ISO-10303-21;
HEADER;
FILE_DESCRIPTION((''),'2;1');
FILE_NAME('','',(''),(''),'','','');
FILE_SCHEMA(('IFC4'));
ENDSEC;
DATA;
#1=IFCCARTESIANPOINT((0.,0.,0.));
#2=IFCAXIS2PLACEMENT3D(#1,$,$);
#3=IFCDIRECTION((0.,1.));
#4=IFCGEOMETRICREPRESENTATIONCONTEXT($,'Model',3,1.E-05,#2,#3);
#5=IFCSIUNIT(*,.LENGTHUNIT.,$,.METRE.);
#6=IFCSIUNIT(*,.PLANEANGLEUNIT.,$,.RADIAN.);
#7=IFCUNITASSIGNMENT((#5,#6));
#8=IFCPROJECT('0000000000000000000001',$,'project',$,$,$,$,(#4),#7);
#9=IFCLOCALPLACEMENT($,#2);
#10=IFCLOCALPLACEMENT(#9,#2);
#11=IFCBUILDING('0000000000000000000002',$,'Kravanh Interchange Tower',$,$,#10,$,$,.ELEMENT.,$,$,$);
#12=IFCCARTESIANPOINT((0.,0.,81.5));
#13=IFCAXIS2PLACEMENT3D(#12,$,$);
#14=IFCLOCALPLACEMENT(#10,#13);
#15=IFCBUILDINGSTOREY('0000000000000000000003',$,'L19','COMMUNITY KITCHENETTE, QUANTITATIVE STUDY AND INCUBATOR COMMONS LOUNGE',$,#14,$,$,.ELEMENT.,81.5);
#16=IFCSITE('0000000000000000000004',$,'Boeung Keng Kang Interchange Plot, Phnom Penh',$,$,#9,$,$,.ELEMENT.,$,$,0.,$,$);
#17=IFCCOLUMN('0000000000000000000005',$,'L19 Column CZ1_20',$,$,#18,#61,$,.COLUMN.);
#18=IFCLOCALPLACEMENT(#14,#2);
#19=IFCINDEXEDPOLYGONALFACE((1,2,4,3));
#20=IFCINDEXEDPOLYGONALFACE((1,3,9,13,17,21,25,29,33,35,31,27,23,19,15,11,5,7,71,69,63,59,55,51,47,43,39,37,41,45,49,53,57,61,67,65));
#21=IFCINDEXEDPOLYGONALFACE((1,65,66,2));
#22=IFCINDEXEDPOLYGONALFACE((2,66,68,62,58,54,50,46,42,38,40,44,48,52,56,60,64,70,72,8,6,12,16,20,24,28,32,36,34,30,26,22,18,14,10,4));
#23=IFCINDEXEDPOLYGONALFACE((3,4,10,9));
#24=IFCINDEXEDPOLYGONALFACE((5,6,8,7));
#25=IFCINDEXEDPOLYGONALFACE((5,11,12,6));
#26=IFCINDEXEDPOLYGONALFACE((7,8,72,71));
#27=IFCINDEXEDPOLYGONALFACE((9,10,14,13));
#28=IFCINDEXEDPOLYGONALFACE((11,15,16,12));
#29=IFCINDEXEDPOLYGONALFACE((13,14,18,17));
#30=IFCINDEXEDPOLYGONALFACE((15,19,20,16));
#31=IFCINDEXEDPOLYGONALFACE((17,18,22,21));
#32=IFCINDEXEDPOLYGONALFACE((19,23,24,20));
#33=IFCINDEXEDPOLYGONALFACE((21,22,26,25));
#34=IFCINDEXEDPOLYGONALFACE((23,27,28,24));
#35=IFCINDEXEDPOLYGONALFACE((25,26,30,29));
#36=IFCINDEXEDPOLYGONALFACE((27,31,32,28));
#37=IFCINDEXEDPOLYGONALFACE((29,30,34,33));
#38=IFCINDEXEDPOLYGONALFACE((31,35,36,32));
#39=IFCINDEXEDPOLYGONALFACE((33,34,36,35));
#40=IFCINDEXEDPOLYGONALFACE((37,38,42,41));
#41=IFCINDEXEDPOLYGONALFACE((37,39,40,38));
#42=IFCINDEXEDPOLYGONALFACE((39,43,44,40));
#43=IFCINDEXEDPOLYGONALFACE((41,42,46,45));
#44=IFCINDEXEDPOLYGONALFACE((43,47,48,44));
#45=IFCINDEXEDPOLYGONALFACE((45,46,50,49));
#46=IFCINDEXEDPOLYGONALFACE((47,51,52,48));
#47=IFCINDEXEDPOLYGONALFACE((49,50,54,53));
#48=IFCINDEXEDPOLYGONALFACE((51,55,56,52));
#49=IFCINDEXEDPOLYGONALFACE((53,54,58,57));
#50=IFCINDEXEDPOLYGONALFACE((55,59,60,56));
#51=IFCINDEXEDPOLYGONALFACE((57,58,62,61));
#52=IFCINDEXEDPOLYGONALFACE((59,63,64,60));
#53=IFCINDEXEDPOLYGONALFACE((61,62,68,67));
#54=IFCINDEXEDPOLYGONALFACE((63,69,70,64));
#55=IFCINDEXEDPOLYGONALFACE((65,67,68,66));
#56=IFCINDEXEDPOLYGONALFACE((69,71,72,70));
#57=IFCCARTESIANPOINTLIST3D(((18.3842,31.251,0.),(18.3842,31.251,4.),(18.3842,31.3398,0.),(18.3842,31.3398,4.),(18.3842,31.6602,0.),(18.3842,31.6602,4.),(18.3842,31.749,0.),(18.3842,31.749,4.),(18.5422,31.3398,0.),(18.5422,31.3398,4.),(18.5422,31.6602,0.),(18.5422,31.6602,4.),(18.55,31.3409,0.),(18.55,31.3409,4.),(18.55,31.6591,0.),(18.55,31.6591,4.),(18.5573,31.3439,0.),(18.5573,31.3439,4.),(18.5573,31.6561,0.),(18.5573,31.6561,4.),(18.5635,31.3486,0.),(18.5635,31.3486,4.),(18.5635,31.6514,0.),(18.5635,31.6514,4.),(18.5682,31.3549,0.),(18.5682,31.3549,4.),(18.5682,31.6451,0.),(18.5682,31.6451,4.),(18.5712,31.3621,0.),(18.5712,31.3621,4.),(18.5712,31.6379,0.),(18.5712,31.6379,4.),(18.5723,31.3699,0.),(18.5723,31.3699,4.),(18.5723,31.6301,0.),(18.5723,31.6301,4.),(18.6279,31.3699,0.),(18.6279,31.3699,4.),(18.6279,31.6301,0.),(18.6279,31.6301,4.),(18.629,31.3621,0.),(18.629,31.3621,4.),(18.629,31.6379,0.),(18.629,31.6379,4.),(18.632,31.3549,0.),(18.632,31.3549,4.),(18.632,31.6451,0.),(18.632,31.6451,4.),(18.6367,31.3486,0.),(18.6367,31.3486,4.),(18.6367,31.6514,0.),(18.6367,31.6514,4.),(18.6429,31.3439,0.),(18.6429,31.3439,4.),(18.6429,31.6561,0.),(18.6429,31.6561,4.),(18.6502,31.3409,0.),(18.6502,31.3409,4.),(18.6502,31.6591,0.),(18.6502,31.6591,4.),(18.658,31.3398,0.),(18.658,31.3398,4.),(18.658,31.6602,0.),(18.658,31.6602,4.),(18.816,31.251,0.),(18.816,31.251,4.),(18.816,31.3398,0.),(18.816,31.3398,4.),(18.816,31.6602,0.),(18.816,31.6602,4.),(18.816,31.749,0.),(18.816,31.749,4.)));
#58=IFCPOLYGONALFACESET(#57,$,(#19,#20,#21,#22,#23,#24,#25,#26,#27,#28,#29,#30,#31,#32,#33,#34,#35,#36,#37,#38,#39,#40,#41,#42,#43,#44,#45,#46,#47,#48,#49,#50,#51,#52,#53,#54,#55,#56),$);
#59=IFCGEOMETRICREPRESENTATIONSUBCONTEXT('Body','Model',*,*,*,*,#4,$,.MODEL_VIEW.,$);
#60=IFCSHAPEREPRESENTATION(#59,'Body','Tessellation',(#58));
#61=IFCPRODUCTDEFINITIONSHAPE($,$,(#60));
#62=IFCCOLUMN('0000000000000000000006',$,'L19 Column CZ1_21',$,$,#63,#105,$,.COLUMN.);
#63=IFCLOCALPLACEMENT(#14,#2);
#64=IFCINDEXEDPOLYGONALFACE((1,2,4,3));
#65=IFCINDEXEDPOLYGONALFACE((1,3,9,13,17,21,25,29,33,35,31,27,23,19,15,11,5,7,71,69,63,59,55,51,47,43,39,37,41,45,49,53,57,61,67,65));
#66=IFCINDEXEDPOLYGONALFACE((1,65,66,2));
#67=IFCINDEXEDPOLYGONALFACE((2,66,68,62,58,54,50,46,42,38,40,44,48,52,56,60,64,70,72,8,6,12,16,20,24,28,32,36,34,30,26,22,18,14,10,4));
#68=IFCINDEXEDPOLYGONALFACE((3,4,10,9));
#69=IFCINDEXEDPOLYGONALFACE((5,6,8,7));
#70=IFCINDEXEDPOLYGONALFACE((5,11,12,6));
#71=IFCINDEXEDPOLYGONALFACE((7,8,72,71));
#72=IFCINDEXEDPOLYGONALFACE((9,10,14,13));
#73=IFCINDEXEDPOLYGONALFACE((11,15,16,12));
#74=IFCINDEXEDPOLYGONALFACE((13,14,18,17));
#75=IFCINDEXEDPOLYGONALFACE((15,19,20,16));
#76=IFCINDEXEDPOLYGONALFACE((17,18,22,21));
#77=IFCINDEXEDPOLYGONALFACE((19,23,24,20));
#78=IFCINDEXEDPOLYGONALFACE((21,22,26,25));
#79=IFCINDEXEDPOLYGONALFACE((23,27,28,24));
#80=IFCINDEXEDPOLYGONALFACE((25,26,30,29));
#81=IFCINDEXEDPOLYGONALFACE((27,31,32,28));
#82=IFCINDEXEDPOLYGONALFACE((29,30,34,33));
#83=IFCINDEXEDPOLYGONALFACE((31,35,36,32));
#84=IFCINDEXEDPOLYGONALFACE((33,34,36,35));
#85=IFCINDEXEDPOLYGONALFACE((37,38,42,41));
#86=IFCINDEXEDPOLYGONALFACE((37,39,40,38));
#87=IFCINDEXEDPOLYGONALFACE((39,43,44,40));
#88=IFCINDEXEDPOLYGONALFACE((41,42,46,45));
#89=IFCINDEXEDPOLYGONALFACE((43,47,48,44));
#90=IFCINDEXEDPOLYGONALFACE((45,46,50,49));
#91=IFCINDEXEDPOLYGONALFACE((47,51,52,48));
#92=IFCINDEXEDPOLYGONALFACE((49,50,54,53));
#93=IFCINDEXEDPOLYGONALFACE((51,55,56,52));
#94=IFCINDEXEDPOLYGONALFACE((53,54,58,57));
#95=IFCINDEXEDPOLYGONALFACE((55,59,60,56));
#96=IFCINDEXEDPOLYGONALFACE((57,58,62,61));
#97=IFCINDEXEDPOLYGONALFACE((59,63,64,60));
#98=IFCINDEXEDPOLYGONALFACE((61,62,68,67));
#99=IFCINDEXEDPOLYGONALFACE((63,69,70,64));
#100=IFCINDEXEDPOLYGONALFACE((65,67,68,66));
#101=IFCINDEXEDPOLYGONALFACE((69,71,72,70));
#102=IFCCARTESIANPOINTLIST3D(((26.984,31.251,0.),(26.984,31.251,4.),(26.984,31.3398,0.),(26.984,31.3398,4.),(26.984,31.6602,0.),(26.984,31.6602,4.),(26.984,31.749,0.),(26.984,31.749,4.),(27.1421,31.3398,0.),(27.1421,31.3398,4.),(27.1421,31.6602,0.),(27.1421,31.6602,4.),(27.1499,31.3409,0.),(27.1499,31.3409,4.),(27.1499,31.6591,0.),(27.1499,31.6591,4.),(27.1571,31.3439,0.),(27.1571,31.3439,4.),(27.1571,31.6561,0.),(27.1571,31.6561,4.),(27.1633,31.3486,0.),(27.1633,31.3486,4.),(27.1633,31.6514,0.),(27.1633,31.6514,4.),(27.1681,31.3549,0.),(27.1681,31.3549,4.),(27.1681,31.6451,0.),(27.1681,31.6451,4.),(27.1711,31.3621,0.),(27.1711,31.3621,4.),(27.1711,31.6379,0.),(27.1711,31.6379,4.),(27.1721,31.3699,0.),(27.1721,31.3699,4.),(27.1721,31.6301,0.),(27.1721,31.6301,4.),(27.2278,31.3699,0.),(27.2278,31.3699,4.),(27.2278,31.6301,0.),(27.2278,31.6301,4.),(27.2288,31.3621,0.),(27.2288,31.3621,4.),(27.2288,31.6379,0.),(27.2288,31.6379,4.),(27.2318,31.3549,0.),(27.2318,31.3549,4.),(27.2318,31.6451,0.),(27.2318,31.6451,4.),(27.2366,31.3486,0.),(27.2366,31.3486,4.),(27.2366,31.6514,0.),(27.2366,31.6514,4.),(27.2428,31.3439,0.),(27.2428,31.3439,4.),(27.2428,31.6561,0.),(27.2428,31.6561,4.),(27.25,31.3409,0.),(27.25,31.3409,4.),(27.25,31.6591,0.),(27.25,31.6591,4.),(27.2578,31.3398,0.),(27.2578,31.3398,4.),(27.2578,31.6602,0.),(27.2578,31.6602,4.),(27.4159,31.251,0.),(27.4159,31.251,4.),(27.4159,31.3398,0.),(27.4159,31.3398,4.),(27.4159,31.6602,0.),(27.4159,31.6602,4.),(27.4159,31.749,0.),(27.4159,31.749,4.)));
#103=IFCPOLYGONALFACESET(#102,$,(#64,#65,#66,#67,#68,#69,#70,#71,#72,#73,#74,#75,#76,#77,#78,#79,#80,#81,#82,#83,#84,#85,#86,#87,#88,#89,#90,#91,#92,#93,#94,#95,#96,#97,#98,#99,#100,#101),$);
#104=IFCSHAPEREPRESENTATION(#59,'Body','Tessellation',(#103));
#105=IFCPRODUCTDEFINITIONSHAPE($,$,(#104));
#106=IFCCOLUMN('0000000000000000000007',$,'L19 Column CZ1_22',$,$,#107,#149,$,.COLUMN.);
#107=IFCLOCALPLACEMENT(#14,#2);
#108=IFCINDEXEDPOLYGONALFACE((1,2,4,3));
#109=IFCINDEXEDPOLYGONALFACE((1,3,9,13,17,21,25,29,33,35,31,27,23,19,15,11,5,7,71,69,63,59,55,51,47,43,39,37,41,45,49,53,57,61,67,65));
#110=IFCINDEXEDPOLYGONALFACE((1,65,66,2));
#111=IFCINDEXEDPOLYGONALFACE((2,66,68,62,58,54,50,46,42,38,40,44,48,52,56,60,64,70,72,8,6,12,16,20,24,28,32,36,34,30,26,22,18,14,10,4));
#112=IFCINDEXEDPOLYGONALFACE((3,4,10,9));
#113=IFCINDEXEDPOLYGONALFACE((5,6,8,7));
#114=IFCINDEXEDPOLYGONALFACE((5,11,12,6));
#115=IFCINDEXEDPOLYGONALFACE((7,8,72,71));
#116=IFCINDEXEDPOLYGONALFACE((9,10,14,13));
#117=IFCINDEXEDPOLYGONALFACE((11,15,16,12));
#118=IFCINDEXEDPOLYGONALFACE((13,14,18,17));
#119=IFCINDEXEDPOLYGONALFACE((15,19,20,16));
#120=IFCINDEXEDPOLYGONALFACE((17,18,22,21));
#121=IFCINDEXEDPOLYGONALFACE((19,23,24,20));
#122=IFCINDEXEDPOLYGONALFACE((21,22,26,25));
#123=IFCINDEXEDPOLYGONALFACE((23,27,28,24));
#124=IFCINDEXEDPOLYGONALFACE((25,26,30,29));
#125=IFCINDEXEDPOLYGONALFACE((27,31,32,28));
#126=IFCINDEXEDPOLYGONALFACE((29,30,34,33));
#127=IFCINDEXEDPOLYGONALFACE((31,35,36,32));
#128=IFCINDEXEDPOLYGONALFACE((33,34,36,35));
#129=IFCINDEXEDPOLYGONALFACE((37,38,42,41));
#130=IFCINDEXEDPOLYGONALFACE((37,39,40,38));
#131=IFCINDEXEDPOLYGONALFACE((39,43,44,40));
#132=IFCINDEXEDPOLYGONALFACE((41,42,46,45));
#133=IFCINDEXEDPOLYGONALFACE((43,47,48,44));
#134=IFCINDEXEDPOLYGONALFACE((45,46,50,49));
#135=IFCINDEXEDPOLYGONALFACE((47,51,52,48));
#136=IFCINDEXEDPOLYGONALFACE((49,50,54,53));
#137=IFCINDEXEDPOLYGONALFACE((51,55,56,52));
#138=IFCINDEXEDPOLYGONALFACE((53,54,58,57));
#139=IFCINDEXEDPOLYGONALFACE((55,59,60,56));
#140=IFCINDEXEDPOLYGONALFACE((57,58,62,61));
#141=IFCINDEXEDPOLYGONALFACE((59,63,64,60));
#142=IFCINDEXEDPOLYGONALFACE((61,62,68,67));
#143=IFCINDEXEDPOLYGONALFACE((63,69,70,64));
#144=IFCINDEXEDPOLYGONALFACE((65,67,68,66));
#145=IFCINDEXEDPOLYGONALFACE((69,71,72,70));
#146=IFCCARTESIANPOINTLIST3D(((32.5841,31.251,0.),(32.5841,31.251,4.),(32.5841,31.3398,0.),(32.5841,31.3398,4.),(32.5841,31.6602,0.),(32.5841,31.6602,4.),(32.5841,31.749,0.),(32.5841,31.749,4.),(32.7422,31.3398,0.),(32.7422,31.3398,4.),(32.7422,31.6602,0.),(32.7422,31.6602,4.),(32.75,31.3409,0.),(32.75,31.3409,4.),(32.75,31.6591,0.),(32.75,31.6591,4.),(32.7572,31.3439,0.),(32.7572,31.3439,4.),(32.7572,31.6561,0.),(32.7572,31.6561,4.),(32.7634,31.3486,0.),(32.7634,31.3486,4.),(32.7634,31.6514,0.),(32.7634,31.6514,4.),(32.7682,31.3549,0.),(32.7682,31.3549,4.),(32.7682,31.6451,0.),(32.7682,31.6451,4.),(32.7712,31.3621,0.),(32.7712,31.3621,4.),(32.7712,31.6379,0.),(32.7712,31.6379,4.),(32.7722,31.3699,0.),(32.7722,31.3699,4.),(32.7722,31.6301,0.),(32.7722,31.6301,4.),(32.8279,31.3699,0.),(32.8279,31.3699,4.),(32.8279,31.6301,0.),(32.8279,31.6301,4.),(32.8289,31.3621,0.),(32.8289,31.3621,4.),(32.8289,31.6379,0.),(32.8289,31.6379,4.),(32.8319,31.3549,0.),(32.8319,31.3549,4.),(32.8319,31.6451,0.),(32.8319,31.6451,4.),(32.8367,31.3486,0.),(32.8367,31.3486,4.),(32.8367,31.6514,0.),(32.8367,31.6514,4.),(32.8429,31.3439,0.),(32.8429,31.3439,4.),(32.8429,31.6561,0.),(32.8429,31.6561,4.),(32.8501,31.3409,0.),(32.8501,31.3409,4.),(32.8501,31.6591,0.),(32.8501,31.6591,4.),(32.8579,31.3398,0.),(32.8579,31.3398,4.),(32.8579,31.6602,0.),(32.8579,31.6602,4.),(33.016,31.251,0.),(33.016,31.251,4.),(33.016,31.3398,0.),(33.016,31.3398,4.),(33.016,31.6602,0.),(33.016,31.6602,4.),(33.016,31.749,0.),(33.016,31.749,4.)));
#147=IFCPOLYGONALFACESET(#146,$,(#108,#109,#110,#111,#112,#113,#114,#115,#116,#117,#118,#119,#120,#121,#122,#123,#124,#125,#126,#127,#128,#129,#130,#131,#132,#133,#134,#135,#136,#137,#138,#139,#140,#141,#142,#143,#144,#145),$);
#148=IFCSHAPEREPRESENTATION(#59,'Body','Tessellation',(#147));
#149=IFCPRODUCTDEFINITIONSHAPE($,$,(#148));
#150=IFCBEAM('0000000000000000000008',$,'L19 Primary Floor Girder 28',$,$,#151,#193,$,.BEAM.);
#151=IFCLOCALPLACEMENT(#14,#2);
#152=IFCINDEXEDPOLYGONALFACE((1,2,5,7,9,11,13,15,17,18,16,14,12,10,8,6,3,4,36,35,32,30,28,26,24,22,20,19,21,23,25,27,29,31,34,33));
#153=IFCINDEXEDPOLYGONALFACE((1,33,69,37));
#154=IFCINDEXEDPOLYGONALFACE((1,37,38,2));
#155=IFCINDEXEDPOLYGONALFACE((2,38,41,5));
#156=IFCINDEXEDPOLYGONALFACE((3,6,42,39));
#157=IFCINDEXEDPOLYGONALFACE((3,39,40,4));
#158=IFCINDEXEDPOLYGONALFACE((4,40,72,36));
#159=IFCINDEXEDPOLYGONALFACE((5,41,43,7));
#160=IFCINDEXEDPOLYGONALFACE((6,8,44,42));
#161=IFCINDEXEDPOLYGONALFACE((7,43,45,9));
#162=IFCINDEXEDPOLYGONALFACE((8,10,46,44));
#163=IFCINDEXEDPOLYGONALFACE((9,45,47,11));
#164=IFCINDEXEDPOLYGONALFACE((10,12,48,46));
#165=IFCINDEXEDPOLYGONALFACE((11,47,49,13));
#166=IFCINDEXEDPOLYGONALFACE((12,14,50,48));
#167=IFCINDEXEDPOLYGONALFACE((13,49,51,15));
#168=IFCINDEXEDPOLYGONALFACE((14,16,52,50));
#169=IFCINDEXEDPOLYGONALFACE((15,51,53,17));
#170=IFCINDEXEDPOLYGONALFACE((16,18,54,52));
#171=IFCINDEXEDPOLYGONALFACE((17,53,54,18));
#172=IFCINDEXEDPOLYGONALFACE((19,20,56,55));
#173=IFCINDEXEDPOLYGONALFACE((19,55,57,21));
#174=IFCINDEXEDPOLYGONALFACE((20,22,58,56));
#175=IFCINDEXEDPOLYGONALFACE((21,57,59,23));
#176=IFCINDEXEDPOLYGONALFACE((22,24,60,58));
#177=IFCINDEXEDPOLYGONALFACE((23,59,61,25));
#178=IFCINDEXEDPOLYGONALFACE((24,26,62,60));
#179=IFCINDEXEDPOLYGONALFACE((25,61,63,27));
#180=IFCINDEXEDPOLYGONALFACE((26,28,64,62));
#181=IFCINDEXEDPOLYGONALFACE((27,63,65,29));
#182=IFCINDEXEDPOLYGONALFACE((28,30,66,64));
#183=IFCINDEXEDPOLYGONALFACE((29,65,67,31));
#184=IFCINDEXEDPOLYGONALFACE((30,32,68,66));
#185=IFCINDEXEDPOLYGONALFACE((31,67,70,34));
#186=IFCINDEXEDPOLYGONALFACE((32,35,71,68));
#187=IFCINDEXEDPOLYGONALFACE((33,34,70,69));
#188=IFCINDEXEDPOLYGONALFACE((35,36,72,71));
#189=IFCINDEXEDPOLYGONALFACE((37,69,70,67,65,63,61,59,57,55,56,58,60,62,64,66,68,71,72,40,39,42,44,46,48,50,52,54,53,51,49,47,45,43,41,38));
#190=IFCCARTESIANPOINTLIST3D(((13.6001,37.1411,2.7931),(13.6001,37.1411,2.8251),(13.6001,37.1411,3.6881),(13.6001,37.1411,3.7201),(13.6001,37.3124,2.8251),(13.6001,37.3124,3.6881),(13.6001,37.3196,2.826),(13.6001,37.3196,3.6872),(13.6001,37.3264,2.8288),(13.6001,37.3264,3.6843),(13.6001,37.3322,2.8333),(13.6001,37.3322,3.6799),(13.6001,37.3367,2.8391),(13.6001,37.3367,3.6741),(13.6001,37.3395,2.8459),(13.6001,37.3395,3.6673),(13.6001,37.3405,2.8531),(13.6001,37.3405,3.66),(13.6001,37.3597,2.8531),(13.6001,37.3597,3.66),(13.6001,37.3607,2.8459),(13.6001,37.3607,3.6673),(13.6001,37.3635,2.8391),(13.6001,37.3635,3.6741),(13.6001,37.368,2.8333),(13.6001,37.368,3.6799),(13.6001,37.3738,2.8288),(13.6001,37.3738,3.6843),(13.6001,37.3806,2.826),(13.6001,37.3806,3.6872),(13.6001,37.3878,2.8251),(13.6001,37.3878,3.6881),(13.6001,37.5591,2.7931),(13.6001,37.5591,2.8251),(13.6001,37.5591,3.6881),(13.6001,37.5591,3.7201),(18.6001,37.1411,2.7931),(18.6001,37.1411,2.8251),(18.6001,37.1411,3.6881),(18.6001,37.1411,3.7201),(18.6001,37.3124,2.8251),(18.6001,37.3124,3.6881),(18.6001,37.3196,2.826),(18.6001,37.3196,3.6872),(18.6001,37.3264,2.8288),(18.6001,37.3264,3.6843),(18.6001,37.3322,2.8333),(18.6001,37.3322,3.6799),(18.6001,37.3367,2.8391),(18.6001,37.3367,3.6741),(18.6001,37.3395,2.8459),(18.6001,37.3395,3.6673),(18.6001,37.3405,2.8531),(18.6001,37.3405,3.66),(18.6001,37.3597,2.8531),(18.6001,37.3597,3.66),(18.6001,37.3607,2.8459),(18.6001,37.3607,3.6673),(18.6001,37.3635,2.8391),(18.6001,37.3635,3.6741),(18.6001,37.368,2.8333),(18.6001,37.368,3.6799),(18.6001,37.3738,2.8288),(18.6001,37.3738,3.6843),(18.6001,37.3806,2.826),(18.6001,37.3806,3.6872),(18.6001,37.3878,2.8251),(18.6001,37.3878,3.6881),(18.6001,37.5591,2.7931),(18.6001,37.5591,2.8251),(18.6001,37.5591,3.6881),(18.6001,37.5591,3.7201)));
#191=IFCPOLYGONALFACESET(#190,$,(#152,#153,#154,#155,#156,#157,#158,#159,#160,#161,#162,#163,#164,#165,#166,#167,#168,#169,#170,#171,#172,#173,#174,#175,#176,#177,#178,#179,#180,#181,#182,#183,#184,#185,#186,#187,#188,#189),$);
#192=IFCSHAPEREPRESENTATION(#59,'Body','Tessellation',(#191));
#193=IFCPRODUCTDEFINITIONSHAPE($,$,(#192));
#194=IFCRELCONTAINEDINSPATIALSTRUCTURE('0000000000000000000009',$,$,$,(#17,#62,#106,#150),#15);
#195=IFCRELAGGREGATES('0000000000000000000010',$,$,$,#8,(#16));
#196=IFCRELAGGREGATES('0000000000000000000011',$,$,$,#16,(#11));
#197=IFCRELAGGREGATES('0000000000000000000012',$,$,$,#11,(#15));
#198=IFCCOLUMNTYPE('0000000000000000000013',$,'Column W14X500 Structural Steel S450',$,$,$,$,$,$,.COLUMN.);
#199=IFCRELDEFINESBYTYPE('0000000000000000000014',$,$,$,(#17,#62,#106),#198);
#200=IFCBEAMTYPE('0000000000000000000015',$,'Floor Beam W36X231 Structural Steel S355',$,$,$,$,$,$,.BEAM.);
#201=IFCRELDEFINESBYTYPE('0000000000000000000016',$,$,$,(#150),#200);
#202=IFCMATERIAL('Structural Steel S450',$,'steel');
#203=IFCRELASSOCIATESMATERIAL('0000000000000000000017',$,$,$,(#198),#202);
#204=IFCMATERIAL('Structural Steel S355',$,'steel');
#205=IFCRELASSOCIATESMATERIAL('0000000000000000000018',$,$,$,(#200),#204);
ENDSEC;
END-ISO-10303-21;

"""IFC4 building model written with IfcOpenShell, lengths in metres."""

from ifc_helpers import new_model, si_unit, direction, frame, origin, origin_2d, place, context, subcontext, project, spatial, i_section, extrude, material, material_profile, profile_set, type_object, element, save


model = new_model("IFC4")

# Units and contexts
model_context = context("Model", 3, precision=1e-05, world=origin(), true_north=direction((0.0, 1.0)))
body_context = subcontext(model_context, "Body", "Model", "MODEL_VIEW")
ifc_project = project(units=[si_unit("LENGTHUNIT", "METRE"), si_unit("PLANEANGLEUNIT", "RADIAN")], contexts=[model_context])

# Site, building, storey
site_placement = place(None, origin())
site = spatial("IfcSite", under=ifc_project, at=site_placement, Name="Boeung Keng Kang Interchange Plot, Phnom Penh", CompositionType="ELEMENT", RefElevation=0.0)
building_placement = place(site_placement, origin())
building = spatial("IfcBuilding", under=site, at=building_placement, Name="Kravanh Interchange Tower", CompositionType="ELEMENT")
storey_placement = place(building_placement, frame((0.0, 0.0, 81.5)))
storey = spatial("IfcBuildingStorey", under=building, at=storey_placement, Name="L19", Description="COMMUNITY KITCHENETTE, QUANTITATIVE STUDY AND INCUBATOR COMMONS LOUNGE", CompositionType="ELEMENT", Elevation=81.5)

# Columns
ifc_material_1 = material(Name="Structural Steel S450", Category="steel")
ifc_material_profile_1 = material_profile(ifc_material_1, i_section(OverallWidth=0.4319, OverallDepth=0.498, WebThickness=0.0557, FlangeThickness=0.0889, FilletRadius=0.03, at=origin_2d()), Name="W14X500")
ifc_profile_set_1 = profile_set([ifc_material_profile_1], Name="Structural Steel S450")
column_type_1 = type_object("IfcColumnType", Name="Column W14X500 Structural Steel S450", PredefinedType="COLUMN", material=ifc_profile_set_1)
for number, where, z_axis, x_axis, name in (
    (1, (18.6001, 31.5, 0.0), (0.0, 0.0, 1.0), (1.0, 0.0, 0.0), "L19 Column CZ1_20"),
    (2, (27.2, 31.5, 0.0), (0.0, 0.0, 1.0), (1.0, 0.0, 0.0), "L19 Column CZ1_21"),
    (3, (32.8, 31.5, 0.0), (0.0, 0.0, 1.0), (1.0, 0.0, 0.0), "L19 Column CZ1_22"),
):
    element("IfcColumn", number, at=place(storey_placement, frame(where, z_axis=z_axis, x_axis=x_axis)), inside=storey, type_object=column_type_1, Name=name, PredefinedType="COLUMN", context=body_context, shape_type="SweptSolid", body=[
        extrude(i_section(OverallWidth=0.4319, OverallDepth=0.498, WebThickness=0.0557, FlangeThickness=0.0889, FilletRadius=0.03, at=origin_2d()), origin(), (0.0, 0.0, 1.0), 4.0),
    ])

# Beam
ifc_material_2 = material(Name="Structural Steel S355", Category="steel")
ifc_material_profile_2 = material_profile(ifc_material_2, i_section(OverallWidth=0.418, OverallDepth=0.927, WebThickness=0.0193, FlangeThickness=0.032, FilletRadius=0.0281, at=origin_2d()), Name="W36X231")
ifc_profile_set_2 = profile_set([ifc_material_profile_2], Name="Structural Steel S355")
beam_type_1 = type_object("IfcBeamType", Name="Floor Beam W36X231 Structural Steel S355", PredefinedType="BEAM", material=ifc_profile_set_2)
beam_1_placement = place(storey_placement, frame((18.6001, 37.3501, 3.2566), z_axis=(-1.0, 0.0, 0.0), x_axis=(0.0, -1.0, 0.0)))
element("IfcBeam", 4, at=beam_1_placement, inside=storey, type_object=beam_type_1, Name="L19 Primary Floor Girder 28", PredefinedType="BEAM", context=body_context, shape_type="SweptSolid", body=[
    extrude(i_section(OverallWidth=0.418, OverallDepth=0.927, WebThickness=0.0193, FlangeThickness=0.032, FilletRadius=0.0281, at=origin_2d()), origin(), (0.0, 0.0, 1.0), 5.0),
])

save(model, "model.ifc")
